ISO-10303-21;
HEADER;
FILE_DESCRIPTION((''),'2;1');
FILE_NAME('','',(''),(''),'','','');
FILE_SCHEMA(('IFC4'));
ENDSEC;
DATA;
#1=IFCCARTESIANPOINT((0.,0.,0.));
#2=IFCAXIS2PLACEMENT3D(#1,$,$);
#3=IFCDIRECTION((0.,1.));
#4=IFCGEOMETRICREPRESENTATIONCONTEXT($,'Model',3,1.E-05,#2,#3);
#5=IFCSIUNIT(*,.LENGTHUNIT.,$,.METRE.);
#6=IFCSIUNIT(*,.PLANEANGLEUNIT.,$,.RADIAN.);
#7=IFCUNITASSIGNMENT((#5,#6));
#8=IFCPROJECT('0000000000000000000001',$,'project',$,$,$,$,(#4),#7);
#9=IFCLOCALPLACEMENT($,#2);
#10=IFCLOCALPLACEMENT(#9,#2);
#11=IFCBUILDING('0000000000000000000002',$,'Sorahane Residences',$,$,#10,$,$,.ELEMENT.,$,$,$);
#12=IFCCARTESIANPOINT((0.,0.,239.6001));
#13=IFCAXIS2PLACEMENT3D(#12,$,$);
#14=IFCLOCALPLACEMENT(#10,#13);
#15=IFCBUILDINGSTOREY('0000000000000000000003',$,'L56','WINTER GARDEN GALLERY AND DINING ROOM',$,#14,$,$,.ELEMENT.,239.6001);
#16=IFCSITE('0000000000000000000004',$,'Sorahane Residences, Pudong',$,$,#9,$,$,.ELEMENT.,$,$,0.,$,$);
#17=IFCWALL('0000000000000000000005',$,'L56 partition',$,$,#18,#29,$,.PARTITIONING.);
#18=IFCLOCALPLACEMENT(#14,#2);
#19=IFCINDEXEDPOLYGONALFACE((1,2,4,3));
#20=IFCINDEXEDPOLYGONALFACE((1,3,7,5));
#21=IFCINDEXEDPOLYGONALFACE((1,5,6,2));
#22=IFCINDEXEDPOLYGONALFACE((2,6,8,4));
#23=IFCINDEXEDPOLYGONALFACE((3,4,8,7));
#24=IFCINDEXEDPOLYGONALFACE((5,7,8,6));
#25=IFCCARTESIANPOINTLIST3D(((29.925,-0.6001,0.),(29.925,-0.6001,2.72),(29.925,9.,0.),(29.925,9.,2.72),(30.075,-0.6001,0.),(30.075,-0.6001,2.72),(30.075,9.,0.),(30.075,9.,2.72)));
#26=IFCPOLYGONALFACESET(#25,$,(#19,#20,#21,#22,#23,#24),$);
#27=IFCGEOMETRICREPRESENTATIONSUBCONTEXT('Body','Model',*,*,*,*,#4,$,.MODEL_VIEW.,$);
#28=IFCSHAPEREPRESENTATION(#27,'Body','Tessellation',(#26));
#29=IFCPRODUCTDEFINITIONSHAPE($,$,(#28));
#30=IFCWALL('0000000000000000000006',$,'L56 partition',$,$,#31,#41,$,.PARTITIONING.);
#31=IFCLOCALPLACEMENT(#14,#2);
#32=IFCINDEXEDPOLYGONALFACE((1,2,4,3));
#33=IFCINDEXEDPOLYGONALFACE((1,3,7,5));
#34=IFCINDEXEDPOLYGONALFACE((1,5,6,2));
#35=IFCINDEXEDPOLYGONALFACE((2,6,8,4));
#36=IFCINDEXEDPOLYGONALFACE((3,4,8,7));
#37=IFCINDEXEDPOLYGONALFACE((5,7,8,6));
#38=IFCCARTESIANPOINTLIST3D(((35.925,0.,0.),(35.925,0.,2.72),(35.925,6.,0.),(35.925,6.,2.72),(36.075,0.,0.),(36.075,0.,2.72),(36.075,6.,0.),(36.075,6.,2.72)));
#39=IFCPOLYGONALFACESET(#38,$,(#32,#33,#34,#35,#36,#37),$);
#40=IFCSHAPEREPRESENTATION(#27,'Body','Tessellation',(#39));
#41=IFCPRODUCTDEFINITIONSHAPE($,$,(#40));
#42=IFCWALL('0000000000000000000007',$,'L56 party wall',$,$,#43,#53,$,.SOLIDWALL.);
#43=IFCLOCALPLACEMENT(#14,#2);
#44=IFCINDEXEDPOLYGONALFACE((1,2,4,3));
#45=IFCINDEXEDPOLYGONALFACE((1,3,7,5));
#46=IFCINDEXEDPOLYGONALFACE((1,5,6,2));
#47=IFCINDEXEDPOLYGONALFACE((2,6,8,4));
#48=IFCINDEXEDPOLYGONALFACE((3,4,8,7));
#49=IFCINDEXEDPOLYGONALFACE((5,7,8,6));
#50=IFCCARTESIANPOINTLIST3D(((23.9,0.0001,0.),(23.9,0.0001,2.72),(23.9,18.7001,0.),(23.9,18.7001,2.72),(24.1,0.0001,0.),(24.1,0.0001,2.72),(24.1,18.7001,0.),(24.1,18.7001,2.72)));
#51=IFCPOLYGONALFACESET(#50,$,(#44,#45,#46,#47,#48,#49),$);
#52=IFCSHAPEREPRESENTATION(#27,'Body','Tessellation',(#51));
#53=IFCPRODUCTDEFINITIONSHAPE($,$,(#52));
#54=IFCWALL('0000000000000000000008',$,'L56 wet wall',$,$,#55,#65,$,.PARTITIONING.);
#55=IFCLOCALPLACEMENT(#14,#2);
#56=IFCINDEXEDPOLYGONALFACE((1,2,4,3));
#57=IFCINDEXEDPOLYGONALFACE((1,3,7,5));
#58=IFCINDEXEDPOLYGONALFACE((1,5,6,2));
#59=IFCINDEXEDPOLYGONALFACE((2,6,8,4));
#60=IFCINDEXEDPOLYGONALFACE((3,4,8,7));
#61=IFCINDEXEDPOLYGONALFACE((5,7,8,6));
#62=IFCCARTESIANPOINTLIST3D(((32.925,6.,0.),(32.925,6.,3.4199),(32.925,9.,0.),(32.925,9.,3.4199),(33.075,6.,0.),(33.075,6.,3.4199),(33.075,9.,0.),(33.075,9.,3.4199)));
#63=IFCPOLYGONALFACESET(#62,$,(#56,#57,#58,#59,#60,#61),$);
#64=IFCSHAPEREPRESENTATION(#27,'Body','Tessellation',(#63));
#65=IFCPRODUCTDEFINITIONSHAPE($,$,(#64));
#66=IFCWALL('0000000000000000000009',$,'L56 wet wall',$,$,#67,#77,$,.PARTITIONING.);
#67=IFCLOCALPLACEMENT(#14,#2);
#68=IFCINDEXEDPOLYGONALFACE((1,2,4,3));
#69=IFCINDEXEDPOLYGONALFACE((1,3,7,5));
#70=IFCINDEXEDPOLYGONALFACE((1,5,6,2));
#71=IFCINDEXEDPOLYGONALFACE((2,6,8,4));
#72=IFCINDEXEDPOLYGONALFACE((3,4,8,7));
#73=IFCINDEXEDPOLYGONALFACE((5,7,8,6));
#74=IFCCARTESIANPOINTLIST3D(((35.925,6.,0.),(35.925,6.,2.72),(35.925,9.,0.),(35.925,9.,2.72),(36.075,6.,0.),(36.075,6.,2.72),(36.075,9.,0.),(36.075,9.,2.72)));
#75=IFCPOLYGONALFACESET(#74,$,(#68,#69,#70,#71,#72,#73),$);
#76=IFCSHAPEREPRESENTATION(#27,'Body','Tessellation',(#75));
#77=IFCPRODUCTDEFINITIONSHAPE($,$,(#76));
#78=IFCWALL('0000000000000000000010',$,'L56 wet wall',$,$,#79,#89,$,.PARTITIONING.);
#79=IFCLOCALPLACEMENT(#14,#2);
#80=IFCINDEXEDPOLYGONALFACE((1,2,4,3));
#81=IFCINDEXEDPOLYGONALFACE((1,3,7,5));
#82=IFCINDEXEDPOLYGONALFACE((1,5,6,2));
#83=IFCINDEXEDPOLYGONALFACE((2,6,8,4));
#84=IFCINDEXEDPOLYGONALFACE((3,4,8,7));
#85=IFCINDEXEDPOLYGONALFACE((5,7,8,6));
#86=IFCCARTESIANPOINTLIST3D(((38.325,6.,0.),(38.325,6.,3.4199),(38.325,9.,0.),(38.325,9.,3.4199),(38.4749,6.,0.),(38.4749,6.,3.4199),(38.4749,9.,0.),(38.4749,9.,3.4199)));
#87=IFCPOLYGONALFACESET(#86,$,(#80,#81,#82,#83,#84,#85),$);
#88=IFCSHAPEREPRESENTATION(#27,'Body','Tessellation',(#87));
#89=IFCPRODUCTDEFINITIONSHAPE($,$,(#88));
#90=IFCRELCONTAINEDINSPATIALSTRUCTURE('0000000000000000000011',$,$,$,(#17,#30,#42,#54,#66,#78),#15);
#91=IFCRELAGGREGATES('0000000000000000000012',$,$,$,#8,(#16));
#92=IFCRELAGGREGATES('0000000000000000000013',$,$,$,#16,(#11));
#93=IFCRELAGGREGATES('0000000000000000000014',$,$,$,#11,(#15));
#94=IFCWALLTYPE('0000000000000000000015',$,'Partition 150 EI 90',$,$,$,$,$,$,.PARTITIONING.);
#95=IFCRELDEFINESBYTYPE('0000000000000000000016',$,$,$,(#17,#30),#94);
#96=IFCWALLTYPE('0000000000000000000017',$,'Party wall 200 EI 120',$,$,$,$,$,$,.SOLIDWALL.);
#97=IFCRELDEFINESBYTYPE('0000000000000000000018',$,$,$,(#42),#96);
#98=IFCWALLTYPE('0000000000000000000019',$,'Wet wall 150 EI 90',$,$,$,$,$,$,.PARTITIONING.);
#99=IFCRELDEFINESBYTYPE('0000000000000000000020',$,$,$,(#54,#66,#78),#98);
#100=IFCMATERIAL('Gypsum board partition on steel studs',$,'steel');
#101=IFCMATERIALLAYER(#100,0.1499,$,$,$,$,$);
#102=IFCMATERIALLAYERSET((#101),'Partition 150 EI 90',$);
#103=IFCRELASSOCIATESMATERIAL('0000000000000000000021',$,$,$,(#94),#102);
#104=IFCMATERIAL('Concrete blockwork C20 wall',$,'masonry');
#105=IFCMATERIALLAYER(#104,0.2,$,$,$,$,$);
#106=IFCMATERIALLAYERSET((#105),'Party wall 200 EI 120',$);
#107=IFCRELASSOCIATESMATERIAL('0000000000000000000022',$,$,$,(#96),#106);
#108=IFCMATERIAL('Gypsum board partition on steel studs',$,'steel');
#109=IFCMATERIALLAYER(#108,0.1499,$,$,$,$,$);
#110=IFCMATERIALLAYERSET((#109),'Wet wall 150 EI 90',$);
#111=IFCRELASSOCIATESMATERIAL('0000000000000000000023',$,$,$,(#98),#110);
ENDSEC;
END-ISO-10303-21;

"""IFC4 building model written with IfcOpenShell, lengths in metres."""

from ifc_helpers import new_model, si_unit, direction, frame, frame_2d, origin, place, context, subcontext, project, spatial, rectangle, extrude, material, layer, layer_set, type_object, element, save


model = new_model("IFC4")

# Units and contexts
model_context = context("Model", 3, precision=1e-05, world=origin(), true_north=direction((0.0, 1.0)))
body_context = subcontext(model_context, "Body", "Model", "MODEL_VIEW")
ifc_project = project(units=[si_unit("LENGTHUNIT", "METRE"), si_unit("PLANEANGLEUNIT", "RADIAN")], contexts=[model_context])

# Site, building, storey
site_placement = place(None, origin())
site = spatial("IfcSite", under=ifc_project, at=site_placement, Name="Sorahane Residences, Pudong", CompositionType="ELEMENT", RefElevation=0.0)
building_placement = place(site_placement, origin())
building = spatial("IfcBuilding", under=site, at=building_placement, Name="Sorahane Residences", CompositionType="ELEMENT")
storey_placement = place(building_placement, frame((0.0, 0.0, 239.6001)))
storey = spatial("IfcBuildingStorey", under=building, at=storey_placement, Name="L56", Description="WINTER GARDEN GALLERY AND DINING ROOM", CompositionType="ELEMENT", Elevation=239.6001)

# Walls
ifc_material_1 = material(Name="Gypsum board partition on steel studs", Category="steel")
ifc_layer_1 = layer(ifc_material_1, 0.1499)
ifc_layer_set_1 = layer_set([ifc_layer_1], Name="Partition 150 EI 90")
wall_type_1 = type_object("IfcWallType", Name="Partition 150 EI 90", PredefinedType="PARTITIONING", material=ifc_layer_set_1)
wall_1_placement = place(storey_placement, frame((30.0, -0.6001, 0.0), z_axis=(0.0, 0.0, 1.0), x_axis=(0.0, 1.0, 0.0)))
element("IfcWall", 1, at=wall_1_placement, inside=storey, type_object=wall_type_1, Name="L56 partition", PredefinedType="PARTITIONING", context=body_context, shape_type="SweptSolid", body=[
    extrude(rectangle(XDim=9.6001, YDim=0.1499, at=frame_2d((4.8, 0.0))), origin(), (0.0, 0.0, 1.0), 2.72),
])
wall_2_placement = place(storey_placement, frame((36.0, 0.0, 0.0), z_axis=(0.0, 0.0, 1.0), x_axis=(0.0, 1.0, 0.0)))
element("IfcWall", 2, at=wall_2_placement, inside=storey, type_object=wall_type_1, Name="L56 partition", PredefinedType="PARTITIONING", context=body_context, shape_type="SweptSolid", body=[
    extrude(rectangle(XDim=6.0, YDim=0.1499, at=frame_2d((3.0, 0.0))), origin(), (0.0, 0.0, 1.0), 2.72),
])

# Walls
ifc_material_2 = material(Name="Concrete blockwork C20 wall", Category="masonry")
ifc_layer_2 = layer(ifc_material_2, 0.2)
ifc_layer_set_2 = layer_set([ifc_layer_2], Name="Party wall 200 EI 120")
wall_type_2 = type_object("IfcWallType", Name="Party wall 200 EI 120", PredefinedType="SOLIDWALL", material=ifc_layer_set_2)
wall_3_placement = place(storey_placement, frame((24.0, 0.0, 0.0), z_axis=(0.0, 0.0, 1.0), x_axis=(0.0, 1.0, 0.0)))
element("IfcWall", 3, at=wall_3_placement, inside=storey, type_object=wall_type_2, Name="L56 party wall", PredefinedType="SOLIDWALL", context=body_context, shape_type="SweptSolid", body=[
    extrude(rectangle(XDim=18.7, YDim=0.2, at=frame_2d((9.3501, 0.0))), origin(), (0.0, 0.0, 1.0), 2.72),
])
ifc_material_3 = material(Name="Gypsum board partition on steel studs", Category="steel")
ifc_layer_3 = layer(ifc_material_3, 0.1499)
ifc_layer_set_3 = layer_set([ifc_layer_3], Name="Wet wall 150 EI 90")
wall_type_3 = type_object("IfcWallType", Name="Wet wall 150 EI 90", PredefinedType="PARTITIONING", material=ifc_layer_set_3)
wall_4_placement = place(storey_placement, frame((33.0, 6.0, 0.0), z_axis=(0.0, 0.0, 1.0), x_axis=(0.0, 1.0, 0.0)))
element("IfcWall", 4, at=wall_4_placement, inside=storey, type_object=wall_type_3, Name="L56 wet wall", PredefinedType="PARTITIONING", context=body_context, shape_type="SweptSolid", body=[
    extrude(rectangle(XDim=3.0, YDim=0.1499, at=frame_2d((1.5, 0.0))), origin(), (0.0, 0.0, 1.0), 3.4199),
])
wall_5_placement = place(storey_placement, frame((36.0, 6.0, 0.0), z_axis=(0.0, 0.0, 1.0), x_axis=(0.0, 1.0, 0.0)))
element("IfcWall", 5, at=wall_5_placement, inside=storey, type_object=wall_type_3, Name="L56 wet wall", PredefinedType="PARTITIONING", context=body_context, shape_type="SweptSolid", body=[
    extrude(rectangle(XDim=3.0, YDim=0.1499, at=frame_2d((1.5, 0.0))), origin(), (0.0, 0.0, 1.0), 2.72),
])
wall_6_placement = place(storey_placement, frame((38.3999, 6.0, 0.0), z_axis=(0.0, 0.0, 1.0), x_axis=(0.0, 1.0, 0.0)))
element("IfcWall", 6, at=wall_6_placement, inside=storey, type_object=wall_type_3, Name="L56 wet wall", PredefinedType="PARTITIONING", context=body_context, shape_type="SweptSolid", body=[
    extrude(rectangle(XDim=3.0, YDim=0.1499, at=frame_2d((1.5, 0.0))), origin(), (0.0, 0.0, 1.0), 3.4199),
])

save(model, "model.ifc")
